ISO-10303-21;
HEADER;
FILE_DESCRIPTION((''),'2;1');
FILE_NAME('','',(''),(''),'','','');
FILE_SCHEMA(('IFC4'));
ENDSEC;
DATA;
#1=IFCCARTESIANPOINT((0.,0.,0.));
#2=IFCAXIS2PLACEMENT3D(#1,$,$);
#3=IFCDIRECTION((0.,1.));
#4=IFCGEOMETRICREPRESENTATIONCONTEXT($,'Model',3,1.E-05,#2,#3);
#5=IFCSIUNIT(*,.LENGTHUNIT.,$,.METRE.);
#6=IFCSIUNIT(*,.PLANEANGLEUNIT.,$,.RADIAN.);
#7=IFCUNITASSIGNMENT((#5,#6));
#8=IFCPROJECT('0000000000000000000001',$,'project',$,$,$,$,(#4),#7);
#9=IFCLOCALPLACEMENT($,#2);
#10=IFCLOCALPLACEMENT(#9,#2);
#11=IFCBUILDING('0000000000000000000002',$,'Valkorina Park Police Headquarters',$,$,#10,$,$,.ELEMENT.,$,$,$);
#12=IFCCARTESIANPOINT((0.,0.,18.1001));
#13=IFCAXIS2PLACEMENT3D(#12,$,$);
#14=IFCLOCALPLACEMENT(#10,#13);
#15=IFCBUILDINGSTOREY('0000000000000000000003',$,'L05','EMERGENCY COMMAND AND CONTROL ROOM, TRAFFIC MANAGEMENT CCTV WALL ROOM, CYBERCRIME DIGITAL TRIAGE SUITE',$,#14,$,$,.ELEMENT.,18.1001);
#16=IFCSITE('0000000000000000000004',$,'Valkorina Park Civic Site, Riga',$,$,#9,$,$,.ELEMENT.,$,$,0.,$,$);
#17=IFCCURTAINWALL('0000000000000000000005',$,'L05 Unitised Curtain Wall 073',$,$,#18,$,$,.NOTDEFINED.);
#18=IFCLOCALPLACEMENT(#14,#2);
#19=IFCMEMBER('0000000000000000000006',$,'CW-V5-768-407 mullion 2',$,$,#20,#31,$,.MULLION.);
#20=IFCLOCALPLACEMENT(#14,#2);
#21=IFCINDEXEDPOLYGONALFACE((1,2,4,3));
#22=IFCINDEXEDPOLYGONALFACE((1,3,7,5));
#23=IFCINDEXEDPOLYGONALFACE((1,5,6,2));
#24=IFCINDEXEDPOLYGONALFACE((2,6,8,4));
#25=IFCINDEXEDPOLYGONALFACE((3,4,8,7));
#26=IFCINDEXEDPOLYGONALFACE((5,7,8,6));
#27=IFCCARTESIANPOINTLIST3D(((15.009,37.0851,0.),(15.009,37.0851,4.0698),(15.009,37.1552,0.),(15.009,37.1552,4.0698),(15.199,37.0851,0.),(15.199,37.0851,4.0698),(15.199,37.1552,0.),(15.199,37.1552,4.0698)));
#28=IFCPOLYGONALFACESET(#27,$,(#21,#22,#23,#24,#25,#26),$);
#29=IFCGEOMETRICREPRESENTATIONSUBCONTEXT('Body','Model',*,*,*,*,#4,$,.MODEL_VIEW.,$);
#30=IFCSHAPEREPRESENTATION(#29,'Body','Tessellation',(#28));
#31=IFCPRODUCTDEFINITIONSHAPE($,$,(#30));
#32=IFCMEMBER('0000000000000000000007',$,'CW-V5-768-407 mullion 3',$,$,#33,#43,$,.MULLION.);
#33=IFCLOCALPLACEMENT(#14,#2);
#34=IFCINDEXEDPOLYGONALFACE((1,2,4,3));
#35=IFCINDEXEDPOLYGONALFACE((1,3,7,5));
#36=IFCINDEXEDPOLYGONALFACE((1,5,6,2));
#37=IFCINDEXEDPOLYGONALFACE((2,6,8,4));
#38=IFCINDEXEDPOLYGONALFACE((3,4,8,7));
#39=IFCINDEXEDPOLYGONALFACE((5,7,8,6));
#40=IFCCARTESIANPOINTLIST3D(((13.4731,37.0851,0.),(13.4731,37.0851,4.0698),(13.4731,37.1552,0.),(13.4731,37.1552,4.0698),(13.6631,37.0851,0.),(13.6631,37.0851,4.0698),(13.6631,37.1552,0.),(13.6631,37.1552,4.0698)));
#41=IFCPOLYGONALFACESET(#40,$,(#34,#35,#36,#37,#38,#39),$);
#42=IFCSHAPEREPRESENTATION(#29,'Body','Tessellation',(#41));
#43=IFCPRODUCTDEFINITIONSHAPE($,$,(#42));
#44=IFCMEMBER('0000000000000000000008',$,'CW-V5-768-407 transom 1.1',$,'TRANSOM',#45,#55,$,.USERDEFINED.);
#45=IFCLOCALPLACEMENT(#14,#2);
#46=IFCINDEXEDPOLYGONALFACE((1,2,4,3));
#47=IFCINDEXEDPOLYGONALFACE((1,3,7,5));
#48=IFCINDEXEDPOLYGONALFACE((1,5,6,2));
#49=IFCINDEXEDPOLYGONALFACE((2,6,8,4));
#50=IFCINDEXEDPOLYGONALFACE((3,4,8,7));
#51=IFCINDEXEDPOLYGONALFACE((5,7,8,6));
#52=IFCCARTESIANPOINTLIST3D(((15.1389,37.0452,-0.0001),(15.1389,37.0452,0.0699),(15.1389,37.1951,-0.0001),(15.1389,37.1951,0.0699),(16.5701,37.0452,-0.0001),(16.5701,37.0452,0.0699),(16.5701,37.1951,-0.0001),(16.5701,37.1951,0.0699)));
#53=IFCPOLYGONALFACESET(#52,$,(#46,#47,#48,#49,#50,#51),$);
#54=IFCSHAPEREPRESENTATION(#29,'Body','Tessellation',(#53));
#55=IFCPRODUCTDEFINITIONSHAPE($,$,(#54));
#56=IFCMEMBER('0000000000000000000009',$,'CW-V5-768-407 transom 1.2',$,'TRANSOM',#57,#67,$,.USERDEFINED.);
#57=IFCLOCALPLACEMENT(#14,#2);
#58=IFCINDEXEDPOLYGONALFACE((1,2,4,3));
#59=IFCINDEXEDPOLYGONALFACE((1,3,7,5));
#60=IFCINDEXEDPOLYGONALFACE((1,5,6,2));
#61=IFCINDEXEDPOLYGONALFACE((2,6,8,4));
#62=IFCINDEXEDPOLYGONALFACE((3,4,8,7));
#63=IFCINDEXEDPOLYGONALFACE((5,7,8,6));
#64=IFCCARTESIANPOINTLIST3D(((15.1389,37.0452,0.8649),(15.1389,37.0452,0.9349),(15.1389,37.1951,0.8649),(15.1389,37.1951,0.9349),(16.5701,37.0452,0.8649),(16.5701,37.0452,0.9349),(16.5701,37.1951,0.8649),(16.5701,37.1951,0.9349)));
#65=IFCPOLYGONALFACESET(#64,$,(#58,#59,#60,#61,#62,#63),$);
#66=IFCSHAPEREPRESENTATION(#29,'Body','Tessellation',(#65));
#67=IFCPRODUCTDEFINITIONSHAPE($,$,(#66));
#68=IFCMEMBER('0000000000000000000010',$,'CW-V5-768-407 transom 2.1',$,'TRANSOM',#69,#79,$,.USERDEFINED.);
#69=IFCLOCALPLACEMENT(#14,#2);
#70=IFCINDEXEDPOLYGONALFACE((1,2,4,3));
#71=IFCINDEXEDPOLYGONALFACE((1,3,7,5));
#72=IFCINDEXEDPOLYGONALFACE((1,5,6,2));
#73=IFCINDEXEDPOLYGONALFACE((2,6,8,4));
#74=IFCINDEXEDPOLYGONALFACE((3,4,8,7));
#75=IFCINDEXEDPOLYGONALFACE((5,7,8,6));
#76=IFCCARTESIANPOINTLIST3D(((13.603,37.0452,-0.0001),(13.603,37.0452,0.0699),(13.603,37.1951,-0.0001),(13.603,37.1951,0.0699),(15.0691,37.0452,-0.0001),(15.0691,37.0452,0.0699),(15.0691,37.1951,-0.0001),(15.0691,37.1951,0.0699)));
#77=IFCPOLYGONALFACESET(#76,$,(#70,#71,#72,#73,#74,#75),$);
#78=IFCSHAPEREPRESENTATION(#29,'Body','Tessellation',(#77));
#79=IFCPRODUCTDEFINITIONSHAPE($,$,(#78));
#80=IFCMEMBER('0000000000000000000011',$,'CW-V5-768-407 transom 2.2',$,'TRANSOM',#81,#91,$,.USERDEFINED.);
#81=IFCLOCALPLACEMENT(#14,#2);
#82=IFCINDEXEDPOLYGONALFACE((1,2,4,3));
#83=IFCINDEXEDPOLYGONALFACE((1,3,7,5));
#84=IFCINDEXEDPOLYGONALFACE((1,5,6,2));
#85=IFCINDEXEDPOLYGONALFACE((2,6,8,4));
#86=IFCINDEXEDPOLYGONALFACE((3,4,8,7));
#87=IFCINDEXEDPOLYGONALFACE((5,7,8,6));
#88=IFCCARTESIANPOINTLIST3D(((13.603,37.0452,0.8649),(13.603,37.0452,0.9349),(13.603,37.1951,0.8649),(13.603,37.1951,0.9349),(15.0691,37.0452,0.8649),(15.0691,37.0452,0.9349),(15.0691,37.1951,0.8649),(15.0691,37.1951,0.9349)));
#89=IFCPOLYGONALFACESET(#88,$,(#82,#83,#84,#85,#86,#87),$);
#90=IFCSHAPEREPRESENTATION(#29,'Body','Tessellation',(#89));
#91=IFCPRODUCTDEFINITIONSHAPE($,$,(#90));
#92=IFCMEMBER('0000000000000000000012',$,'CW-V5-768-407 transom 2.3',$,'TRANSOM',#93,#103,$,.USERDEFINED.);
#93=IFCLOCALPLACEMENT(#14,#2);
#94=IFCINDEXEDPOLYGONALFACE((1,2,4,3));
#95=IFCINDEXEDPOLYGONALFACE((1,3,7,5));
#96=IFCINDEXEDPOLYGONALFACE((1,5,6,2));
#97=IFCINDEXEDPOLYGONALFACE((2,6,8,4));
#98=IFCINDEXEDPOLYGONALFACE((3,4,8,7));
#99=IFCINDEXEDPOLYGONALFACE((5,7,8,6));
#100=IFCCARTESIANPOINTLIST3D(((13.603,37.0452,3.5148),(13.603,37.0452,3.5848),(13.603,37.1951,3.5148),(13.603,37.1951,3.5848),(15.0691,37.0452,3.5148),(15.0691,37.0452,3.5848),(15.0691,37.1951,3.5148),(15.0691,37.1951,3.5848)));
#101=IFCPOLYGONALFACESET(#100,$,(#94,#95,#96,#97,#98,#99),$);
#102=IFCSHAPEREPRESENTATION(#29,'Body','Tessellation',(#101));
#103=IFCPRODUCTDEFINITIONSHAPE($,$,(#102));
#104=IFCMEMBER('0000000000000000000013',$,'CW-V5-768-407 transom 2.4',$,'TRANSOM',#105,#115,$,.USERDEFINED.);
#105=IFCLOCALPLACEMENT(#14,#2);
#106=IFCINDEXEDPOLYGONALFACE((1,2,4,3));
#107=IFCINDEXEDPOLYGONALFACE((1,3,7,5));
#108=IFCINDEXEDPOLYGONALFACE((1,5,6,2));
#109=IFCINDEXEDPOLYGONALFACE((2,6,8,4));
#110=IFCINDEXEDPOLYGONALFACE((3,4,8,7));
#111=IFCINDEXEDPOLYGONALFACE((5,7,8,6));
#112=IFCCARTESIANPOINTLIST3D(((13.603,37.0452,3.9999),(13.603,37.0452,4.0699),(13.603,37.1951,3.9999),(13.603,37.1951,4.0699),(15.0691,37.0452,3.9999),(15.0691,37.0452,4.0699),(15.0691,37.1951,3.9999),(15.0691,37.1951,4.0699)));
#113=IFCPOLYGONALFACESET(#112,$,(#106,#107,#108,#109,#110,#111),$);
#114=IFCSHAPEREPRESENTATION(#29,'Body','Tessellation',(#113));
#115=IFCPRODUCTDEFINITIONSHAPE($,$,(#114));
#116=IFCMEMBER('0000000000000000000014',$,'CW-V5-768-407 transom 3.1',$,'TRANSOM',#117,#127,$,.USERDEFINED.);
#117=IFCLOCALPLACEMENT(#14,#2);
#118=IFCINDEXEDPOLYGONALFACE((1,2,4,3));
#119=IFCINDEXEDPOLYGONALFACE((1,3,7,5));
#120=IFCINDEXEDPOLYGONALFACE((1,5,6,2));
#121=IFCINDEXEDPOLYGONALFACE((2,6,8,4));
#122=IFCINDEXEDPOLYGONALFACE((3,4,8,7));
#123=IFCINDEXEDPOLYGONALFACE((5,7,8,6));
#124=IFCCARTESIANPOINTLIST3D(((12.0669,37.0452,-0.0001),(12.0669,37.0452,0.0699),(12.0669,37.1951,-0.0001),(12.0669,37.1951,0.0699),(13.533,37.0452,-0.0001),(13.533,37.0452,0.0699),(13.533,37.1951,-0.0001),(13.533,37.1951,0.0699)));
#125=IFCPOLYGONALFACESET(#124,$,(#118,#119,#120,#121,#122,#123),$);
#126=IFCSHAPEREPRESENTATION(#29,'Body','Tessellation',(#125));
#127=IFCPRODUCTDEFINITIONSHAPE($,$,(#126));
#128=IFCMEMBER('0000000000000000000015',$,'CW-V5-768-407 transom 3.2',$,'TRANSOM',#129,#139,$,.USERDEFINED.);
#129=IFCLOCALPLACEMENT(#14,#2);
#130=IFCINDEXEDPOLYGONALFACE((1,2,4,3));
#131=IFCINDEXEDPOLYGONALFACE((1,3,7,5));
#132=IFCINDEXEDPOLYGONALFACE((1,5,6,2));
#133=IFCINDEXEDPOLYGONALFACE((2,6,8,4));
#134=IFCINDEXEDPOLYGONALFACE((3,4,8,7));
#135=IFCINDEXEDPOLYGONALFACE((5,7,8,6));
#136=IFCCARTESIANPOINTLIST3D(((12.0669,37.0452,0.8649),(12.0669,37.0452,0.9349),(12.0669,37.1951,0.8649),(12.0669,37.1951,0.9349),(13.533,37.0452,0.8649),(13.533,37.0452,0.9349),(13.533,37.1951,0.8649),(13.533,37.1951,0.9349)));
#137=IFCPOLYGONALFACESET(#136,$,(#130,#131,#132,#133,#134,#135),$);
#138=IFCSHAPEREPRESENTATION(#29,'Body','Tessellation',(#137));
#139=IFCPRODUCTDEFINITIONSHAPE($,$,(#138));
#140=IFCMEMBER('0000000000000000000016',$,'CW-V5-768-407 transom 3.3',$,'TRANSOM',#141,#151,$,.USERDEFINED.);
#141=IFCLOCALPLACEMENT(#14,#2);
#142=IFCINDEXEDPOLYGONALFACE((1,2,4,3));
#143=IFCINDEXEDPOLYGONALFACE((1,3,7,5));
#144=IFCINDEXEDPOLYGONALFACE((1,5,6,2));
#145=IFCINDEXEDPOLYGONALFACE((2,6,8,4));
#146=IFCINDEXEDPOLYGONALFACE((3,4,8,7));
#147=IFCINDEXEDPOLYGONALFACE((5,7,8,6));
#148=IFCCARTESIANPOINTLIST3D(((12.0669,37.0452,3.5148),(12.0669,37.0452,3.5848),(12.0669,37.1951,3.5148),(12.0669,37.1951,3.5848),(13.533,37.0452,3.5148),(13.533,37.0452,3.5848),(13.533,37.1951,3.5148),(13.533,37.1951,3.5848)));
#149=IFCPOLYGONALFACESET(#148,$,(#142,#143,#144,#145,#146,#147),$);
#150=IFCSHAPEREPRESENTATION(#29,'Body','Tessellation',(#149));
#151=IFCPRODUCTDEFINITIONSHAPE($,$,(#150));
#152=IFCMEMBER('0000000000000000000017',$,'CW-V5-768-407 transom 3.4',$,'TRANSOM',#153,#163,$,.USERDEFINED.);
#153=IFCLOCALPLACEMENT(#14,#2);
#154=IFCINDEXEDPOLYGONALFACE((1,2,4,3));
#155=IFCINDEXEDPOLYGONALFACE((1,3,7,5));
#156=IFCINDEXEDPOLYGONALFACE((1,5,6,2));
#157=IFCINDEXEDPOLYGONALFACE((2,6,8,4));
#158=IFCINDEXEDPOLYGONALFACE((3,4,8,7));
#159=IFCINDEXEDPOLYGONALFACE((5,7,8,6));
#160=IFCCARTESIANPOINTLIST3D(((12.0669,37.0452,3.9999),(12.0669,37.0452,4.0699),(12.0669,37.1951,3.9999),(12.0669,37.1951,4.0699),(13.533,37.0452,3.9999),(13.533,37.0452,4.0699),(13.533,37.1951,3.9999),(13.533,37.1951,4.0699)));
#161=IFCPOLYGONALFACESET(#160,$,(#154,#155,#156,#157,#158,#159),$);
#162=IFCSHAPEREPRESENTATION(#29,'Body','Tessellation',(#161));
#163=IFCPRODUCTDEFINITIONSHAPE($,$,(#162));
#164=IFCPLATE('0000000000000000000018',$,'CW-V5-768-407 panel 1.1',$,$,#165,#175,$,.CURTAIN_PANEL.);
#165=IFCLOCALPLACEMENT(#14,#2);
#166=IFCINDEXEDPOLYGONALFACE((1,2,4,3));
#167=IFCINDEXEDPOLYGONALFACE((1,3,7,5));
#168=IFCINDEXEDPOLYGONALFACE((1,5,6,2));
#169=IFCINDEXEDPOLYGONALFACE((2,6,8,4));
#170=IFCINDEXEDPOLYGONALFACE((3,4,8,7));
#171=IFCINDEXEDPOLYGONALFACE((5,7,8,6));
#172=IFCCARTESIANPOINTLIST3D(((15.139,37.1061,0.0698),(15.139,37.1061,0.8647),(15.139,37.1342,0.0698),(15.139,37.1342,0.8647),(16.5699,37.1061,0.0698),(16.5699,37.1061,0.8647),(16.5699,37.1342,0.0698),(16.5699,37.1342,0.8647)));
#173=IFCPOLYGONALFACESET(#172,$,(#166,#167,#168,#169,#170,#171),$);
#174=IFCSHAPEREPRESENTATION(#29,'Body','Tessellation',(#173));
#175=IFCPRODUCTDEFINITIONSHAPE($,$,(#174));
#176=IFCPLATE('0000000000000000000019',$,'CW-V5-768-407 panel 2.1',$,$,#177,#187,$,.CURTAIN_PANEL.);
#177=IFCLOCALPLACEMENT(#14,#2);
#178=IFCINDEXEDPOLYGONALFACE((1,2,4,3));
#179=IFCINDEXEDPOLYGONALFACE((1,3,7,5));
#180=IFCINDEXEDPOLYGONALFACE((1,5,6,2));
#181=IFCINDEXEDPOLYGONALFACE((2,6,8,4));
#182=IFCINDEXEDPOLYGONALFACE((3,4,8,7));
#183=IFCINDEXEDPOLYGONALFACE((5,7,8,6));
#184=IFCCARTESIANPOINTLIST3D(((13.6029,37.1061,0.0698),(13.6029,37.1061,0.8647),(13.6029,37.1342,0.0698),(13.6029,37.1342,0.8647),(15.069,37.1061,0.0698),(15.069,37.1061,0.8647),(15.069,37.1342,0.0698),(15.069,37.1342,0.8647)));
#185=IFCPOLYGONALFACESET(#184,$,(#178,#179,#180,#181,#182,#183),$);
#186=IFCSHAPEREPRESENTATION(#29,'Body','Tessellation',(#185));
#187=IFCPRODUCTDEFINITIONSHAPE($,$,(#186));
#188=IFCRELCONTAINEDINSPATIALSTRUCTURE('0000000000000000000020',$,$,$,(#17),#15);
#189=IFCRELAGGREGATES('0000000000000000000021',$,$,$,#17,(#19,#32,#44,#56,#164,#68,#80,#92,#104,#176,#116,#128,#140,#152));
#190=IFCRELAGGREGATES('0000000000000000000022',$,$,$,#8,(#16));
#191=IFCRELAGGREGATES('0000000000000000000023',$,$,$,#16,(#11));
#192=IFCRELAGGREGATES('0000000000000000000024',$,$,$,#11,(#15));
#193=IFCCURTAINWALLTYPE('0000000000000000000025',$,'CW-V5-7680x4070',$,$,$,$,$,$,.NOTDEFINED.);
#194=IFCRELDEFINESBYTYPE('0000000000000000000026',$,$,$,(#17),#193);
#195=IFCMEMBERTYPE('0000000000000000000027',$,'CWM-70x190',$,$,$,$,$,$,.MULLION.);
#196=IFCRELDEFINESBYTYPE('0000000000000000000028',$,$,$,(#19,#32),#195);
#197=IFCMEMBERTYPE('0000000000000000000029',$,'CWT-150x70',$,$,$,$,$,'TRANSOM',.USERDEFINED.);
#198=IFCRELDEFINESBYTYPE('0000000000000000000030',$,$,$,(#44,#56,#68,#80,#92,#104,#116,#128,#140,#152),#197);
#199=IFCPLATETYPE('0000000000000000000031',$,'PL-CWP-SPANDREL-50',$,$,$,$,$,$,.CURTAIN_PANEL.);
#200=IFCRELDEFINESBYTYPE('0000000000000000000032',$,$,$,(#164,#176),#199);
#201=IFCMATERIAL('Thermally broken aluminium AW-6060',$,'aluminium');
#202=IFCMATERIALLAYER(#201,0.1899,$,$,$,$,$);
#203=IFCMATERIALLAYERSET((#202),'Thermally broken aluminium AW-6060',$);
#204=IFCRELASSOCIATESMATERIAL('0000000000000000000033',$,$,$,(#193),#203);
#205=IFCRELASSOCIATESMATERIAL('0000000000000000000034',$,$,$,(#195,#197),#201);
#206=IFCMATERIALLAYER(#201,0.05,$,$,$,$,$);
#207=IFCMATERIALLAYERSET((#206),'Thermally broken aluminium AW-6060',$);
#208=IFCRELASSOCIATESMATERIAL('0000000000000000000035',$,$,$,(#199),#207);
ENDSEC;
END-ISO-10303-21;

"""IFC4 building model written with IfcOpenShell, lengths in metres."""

from ifc_helpers import new_model, si_unit, direction, frame, origin, origin_2d, place, context, subcontext, project, spatial, rectangle, extrude, material, layer, layer_set, material_profile, profile_set, type_object, element, aggregate, save


model = new_model("IFC4")

# Units and contexts
model_context = context("Model", 3, precision=1e-05, world=origin(), true_north=direction((0.0, 1.0)))
body_context = subcontext(model_context, "Body", "Model", "MODEL_VIEW")
ifc_project = project(units=[si_unit("LENGTHUNIT", "METRE"), si_unit("PLANEANGLEUNIT", "RADIAN")], contexts=[model_context])

# Site, building, storey
site_placement = place(None, origin())
site = spatial("IfcSite", under=ifc_project, at=site_placement, Name="Valkorina Park Civic Site, Riga", CompositionType="ELEMENT", RefElevation=0.0)
building_placement = place(site_placement, origin())
building = spatial("IfcBuilding", under=site, at=building_placement, Name="Valkorina Park Police Headquarters", CompositionType="ELEMENT")
storey_placement = place(building_placement, frame((0.0, 0.0, 18.1001)))
storey = spatial("IfcBuildingStorey", under=building, at=storey_placement, Name="L05", Description="EMERGENCY COMMAND AND CONTROL ROOM, TRAFFIC MANAGEMENT CCTV WALL ROOM, CYBERCRIME DIGITAL TRIAGE SUITE", CompositionType="ELEMENT", Elevation=18.1001)

# Curtain wall, members, plates
ifc_material_1 = material(Name="Thermally broken aluminium AW-6060", Category="aluminium")
ifc_layer_1 = layer(ifc_material_1, 0.1899)
ifc_layer_set_1 = layer_set([ifc_layer_1], Name="Thermally broken aluminium AW-6060")
curtain_wall_type = type_object("IfcCurtainWallType", Name="CW-V5-7680x4070", PredefinedType="NOTDEFINED", material=ifc_layer_set_1)
curtain_wall_placement = place(storey_placement, origin())
curtain_wall = element("IfcCurtainWall", 1, at=curtain_wall_placement, inside=storey, type_object=curtain_wall_type, Name="L05 Unitised Curtain Wall 073", PredefinedType="NOTDEFINED")
ifc_material_profile_1 = material_profile(ifc_material_1, rectangle(XDim=0.0701, YDim=0.1899, at=origin_2d()), Name="CWM-02 70x190")
ifc_profile_set_1 = profile_set([ifc_material_profile_1], Name="Thermally broken aluminium AW-6060")
member_type_1 = type_object("IfcMemberType", Name="CWM-70x190", PredefinedType="MULLION", material=ifc_profile_set_1)
member_1_placement = place(storey_placement, frame((15.104, 37.1201, 0.0), z_axis=(0.0, 0.0, 1.0), x_axis=(0.0, -1.0, 0.0)))
member_1 = element("IfcMember", 2, at=member_1_placement, type_object=member_type_1, Name="CW-V5-768-407 mullion 2", PredefinedType="MULLION", context=body_context, shape_type="SweptSolid", body=[
    extrude(rectangle(XDim=0.0701, YDim=0.1899, at=origin_2d()), origin(), (0.0, 0.0, 1.0), 4.0698),
])
member_2_placement = place(storey_placement, frame((13.5681, 37.1201, 0.0), z_axis=(0.0, 0.0, 1.0), x_axis=(0.0, -1.0, 0.0)))
member_2 = element("IfcMember", 3, at=member_2_placement, type_object=member_type_1, Name="CW-V5-768-407 mullion 3", PredefinedType="MULLION", context=body_context, shape_type="SweptSolid", body=[
    extrude(rectangle(XDim=0.0701, YDim=0.1899, at=origin_2d()), origin(), (0.0, 0.0, 1.0), 4.0698),
])
ifc_material_profile_2 = material_profile(ifc_material_1, rectangle(XDim=0.1499, YDim=0.0701, at=origin_2d()), Name="CWT-02 150x70")
ifc_profile_set_2 = profile_set([ifc_material_profile_2], Name="Thermally broken aluminium AW-6060")
member_type_2 = type_object("IfcMemberType", Name="CWT-150x70", ElementType="TRANSOM", PredefinedType="USERDEFINED", material=ifc_profile_set_2)
member_3_placement = place(storey_placement, frame((16.5701, 37.1201, 0.0349), z_axis=(-1.0, 0.0, 0.0), x_axis=(0.0, -1.0, 0.0)))
member_3 = element("IfcMember", 4, at=member_3_placement, type_object=member_type_2, Name="CW-V5-768-407 transom 1.1", ObjectType="TRANSOM", PredefinedType="USERDEFINED", context=body_context, shape_type="SweptSolid", body=[
    extrude(rectangle(XDim=0.1499, YDim=0.0701, at=origin_2d()), origin(), (0.0, 0.0, 1.0), 1.4312),
])
member_4_placement = place(storey_placement, frame((16.5701, 37.1201, 0.8999), z_axis=(-1.0, 0.0, 0.0), x_axis=(0.0, -1.0, 0.0)))
member_4 = element("IfcMember", 5, at=member_4_placement, type_object=member_type_2, Name="CW-V5-768-407 transom 1.2", ObjectType="TRANSOM", PredefinedType="USERDEFINED", context=body_context, shape_type="SweptSolid", body=[
    extrude(rectangle(XDim=0.1499, YDim=0.0701, at=origin_2d()), origin(), (0.0, 0.0, 1.0), 1.4312),
])
member_5_placement = place(storey_placement, frame((15.0691, 37.1201, 0.0349), z_axis=(-1.0, 0.0, 0.0), x_axis=(0.0, -1.0, 0.0)))
member_5 = element("IfcMember", 6, at=member_5_placement, type_object=member_type_2, Name="CW-V5-768-407 transom 2.1", ObjectType="TRANSOM", PredefinedType="USERDEFINED", context=body_context, shape_type="SweptSolid", body=[
    extrude(rectangle(XDim=0.1499, YDim=0.0701, at=origin_2d()), origin(), (0.0, 0.0, 1.0), 1.4661),
])
member_6_placement = place(storey_placement, frame((15.0691, 37.1201, 0.8999), z_axis=(-1.0, 0.0, 0.0), x_axis=(0.0, -1.0, 0.0)))
member_6 = element("IfcMember", 7, at=member_6_placement, type_object=member_type_2, Name="CW-V5-768-407 transom 2.2", ObjectType="TRANSOM", PredefinedType="USERDEFINED", context=body_context, shape_type="SweptSolid", body=[
    extrude(rectangle(XDim=0.1499, YDim=0.0701, at=origin_2d()), origin(), (0.0, 0.0, 1.0), 1.4661),
])
member_7_placement = place(storey_placement, frame((15.0691, 37.1201, 3.5498), z_axis=(-1.0, 0.0, 0.0), x_axis=(0.0, -1.0, 0.0)))
member_7 = element("IfcMember", 8, at=member_7_placement, type_object=member_type_2, Name="CW-V5-768-407 transom 2.3", ObjectType="TRANSOM", PredefinedType="USERDEFINED", context=body_context, shape_type="SweptSolid", body=[
    extrude(rectangle(XDim=0.1499, YDim=0.0701, at=origin_2d()), origin(), (0.0, 0.0, 1.0), 1.4661),
])
member_8_placement = place(storey_placement, frame((15.0691, 37.1201, 4.0349), z_axis=(-1.0, 0.0, 0.0), x_axis=(0.0, -1.0, 0.0)))
member_8 = element("IfcMember", 9, at=member_8_placement, type_object=member_type_2, Name="CW-V5-768-407 transom 2.4", ObjectType="TRANSOM", PredefinedType="USERDEFINED", context=body_context, shape_type="SweptSolid", body=[
    extrude(rectangle(XDim=0.1499, YDim=0.0701, at=origin_2d()), origin(), (0.0, 0.0, 1.0), 1.4661),
])
member_9_placement = place(storey_placement, frame((13.533, 37.1201, 0.0349), z_axis=(-1.0, 0.0, 0.0), x_axis=(0.0, -1.0, 0.0)))
member_9 = element("IfcMember", 10, at=member_9_placement, type_object=member_type_2, Name="CW-V5-768-407 transom 3.1", ObjectType="TRANSOM", PredefinedType="USERDEFINED", context=body_context, shape_type="SweptSolid", body=[
    extrude(rectangle(XDim=0.1499, YDim=0.0701, at=origin_2d()), origin(), (0.0, 0.0, 1.0), 1.4661),
])
member_10_placement = place(storey_placement, frame((13.533, 37.1201, 0.8999), z_axis=(-1.0, 0.0, 0.0), x_axis=(0.0, -1.0, 0.0)))
member_10 = element("IfcMember", 11, at=member_10_placement, type_object=member_type_2, Name="CW-V5-768-407 transom 3.2", ObjectType="TRANSOM", PredefinedType="USERDEFINED", context=body_context, shape_type="SweptSolid", body=[
    extrude(rectangle(XDim=0.1499, YDim=0.0701, at=origin_2d()), origin(), (0.0, 0.0, 1.0), 1.4661),
])
member_11_placement = place(storey_placement, frame((13.533, 37.1201, 3.5498), z_axis=(-1.0, 0.0, 0.0), x_axis=(0.0, -1.0, 0.0)))
member_11 = element("IfcMember", 12, at=member_11_placement, type_object=member_type_2, Name="CW-V5-768-407 transom 3.3", ObjectType="TRANSOM", PredefinedType="USERDEFINED", context=body_context, shape_type="SweptSolid", body=[
    extrude(rectangle(XDim=0.1499, YDim=0.0701, at=origin_2d()), origin(), (0.0, 0.0, 1.0), 1.4661),
])
member_12_placement = place(storey_placement, frame((13.533, 37.1201, 4.0349), z_axis=(-1.0, 0.0, 0.0), x_axis=(0.0, -1.0, 0.0)))
member_12 = element("IfcMember", 13, at=member_12_placement, type_object=member_type_2, Name="CW-V5-768-407 transom 3.4", ObjectType="TRANSOM", PredefinedType="USERDEFINED", context=body_context, shape_type="SweptSolid", body=[
    extrude(rectangle(XDim=0.1499, YDim=0.0701, at=origin_2d()), origin(), (0.0, 0.0, 1.0), 1.4661),
])
ifc_layer_2 = layer(ifc_material_1, 0.05)
ifc_layer_set_2 = layer_set([ifc_layer_2], Name="Thermally broken aluminium AW-6060")
plate_type_1 = type_object("IfcPlateType", Name="PL-CWP-SPANDREL-50", PredefinedType="CURTAIN_PANEL", material=ifc_layer_set_2)
plate_1_placement = place(storey_placement, frame((15.8545, 37.1201, 0.0698), z_axis=(0.0, 0.0, 1.0), x_axis=(-1.0, 0.0, 0.0)))
plate_1 = element("IfcPlate", 14, at=plate_1_placement, type_object=plate_type_1, Name="CW-V5-768-407 panel 1.1", PredefinedType="CURTAIN_PANEL", context=body_context, shape_type="SweptSolid", body=[
    extrude(rectangle(XDim=1.4309, YDim=0.0281, at=origin_2d()), origin(), (0.0, 0.0, 1.0), 0.7949),
])
plate_2_placement = place(storey_placement, frame((14.3359, 37.1201, 0.0698), z_axis=(0.0, 0.0, 1.0), x_axis=(-1.0, 0.0, 0.0)))
plate_2 = element("IfcPlate", 15, at=plate_2_placement, type_object=plate_type_1, Name="CW-V5-768-407 panel 2.1", PredefinedType="CURTAIN_PANEL", context=body_context, shape_type="SweptSolid", body=[
    extrude(rectangle(XDim=1.4661, YDim=0.0281, at=origin_2d()), origin(), (0.0, 0.0, 1.0), 0.7949),
])
aggregate(curtain_wall, [member_1, member_2, member_3, member_4, plate_1, member_5, member_6, member_7, member_8, plate_2, member_9, member_10, member_11, member_12])

save(model, "model.ifc")
